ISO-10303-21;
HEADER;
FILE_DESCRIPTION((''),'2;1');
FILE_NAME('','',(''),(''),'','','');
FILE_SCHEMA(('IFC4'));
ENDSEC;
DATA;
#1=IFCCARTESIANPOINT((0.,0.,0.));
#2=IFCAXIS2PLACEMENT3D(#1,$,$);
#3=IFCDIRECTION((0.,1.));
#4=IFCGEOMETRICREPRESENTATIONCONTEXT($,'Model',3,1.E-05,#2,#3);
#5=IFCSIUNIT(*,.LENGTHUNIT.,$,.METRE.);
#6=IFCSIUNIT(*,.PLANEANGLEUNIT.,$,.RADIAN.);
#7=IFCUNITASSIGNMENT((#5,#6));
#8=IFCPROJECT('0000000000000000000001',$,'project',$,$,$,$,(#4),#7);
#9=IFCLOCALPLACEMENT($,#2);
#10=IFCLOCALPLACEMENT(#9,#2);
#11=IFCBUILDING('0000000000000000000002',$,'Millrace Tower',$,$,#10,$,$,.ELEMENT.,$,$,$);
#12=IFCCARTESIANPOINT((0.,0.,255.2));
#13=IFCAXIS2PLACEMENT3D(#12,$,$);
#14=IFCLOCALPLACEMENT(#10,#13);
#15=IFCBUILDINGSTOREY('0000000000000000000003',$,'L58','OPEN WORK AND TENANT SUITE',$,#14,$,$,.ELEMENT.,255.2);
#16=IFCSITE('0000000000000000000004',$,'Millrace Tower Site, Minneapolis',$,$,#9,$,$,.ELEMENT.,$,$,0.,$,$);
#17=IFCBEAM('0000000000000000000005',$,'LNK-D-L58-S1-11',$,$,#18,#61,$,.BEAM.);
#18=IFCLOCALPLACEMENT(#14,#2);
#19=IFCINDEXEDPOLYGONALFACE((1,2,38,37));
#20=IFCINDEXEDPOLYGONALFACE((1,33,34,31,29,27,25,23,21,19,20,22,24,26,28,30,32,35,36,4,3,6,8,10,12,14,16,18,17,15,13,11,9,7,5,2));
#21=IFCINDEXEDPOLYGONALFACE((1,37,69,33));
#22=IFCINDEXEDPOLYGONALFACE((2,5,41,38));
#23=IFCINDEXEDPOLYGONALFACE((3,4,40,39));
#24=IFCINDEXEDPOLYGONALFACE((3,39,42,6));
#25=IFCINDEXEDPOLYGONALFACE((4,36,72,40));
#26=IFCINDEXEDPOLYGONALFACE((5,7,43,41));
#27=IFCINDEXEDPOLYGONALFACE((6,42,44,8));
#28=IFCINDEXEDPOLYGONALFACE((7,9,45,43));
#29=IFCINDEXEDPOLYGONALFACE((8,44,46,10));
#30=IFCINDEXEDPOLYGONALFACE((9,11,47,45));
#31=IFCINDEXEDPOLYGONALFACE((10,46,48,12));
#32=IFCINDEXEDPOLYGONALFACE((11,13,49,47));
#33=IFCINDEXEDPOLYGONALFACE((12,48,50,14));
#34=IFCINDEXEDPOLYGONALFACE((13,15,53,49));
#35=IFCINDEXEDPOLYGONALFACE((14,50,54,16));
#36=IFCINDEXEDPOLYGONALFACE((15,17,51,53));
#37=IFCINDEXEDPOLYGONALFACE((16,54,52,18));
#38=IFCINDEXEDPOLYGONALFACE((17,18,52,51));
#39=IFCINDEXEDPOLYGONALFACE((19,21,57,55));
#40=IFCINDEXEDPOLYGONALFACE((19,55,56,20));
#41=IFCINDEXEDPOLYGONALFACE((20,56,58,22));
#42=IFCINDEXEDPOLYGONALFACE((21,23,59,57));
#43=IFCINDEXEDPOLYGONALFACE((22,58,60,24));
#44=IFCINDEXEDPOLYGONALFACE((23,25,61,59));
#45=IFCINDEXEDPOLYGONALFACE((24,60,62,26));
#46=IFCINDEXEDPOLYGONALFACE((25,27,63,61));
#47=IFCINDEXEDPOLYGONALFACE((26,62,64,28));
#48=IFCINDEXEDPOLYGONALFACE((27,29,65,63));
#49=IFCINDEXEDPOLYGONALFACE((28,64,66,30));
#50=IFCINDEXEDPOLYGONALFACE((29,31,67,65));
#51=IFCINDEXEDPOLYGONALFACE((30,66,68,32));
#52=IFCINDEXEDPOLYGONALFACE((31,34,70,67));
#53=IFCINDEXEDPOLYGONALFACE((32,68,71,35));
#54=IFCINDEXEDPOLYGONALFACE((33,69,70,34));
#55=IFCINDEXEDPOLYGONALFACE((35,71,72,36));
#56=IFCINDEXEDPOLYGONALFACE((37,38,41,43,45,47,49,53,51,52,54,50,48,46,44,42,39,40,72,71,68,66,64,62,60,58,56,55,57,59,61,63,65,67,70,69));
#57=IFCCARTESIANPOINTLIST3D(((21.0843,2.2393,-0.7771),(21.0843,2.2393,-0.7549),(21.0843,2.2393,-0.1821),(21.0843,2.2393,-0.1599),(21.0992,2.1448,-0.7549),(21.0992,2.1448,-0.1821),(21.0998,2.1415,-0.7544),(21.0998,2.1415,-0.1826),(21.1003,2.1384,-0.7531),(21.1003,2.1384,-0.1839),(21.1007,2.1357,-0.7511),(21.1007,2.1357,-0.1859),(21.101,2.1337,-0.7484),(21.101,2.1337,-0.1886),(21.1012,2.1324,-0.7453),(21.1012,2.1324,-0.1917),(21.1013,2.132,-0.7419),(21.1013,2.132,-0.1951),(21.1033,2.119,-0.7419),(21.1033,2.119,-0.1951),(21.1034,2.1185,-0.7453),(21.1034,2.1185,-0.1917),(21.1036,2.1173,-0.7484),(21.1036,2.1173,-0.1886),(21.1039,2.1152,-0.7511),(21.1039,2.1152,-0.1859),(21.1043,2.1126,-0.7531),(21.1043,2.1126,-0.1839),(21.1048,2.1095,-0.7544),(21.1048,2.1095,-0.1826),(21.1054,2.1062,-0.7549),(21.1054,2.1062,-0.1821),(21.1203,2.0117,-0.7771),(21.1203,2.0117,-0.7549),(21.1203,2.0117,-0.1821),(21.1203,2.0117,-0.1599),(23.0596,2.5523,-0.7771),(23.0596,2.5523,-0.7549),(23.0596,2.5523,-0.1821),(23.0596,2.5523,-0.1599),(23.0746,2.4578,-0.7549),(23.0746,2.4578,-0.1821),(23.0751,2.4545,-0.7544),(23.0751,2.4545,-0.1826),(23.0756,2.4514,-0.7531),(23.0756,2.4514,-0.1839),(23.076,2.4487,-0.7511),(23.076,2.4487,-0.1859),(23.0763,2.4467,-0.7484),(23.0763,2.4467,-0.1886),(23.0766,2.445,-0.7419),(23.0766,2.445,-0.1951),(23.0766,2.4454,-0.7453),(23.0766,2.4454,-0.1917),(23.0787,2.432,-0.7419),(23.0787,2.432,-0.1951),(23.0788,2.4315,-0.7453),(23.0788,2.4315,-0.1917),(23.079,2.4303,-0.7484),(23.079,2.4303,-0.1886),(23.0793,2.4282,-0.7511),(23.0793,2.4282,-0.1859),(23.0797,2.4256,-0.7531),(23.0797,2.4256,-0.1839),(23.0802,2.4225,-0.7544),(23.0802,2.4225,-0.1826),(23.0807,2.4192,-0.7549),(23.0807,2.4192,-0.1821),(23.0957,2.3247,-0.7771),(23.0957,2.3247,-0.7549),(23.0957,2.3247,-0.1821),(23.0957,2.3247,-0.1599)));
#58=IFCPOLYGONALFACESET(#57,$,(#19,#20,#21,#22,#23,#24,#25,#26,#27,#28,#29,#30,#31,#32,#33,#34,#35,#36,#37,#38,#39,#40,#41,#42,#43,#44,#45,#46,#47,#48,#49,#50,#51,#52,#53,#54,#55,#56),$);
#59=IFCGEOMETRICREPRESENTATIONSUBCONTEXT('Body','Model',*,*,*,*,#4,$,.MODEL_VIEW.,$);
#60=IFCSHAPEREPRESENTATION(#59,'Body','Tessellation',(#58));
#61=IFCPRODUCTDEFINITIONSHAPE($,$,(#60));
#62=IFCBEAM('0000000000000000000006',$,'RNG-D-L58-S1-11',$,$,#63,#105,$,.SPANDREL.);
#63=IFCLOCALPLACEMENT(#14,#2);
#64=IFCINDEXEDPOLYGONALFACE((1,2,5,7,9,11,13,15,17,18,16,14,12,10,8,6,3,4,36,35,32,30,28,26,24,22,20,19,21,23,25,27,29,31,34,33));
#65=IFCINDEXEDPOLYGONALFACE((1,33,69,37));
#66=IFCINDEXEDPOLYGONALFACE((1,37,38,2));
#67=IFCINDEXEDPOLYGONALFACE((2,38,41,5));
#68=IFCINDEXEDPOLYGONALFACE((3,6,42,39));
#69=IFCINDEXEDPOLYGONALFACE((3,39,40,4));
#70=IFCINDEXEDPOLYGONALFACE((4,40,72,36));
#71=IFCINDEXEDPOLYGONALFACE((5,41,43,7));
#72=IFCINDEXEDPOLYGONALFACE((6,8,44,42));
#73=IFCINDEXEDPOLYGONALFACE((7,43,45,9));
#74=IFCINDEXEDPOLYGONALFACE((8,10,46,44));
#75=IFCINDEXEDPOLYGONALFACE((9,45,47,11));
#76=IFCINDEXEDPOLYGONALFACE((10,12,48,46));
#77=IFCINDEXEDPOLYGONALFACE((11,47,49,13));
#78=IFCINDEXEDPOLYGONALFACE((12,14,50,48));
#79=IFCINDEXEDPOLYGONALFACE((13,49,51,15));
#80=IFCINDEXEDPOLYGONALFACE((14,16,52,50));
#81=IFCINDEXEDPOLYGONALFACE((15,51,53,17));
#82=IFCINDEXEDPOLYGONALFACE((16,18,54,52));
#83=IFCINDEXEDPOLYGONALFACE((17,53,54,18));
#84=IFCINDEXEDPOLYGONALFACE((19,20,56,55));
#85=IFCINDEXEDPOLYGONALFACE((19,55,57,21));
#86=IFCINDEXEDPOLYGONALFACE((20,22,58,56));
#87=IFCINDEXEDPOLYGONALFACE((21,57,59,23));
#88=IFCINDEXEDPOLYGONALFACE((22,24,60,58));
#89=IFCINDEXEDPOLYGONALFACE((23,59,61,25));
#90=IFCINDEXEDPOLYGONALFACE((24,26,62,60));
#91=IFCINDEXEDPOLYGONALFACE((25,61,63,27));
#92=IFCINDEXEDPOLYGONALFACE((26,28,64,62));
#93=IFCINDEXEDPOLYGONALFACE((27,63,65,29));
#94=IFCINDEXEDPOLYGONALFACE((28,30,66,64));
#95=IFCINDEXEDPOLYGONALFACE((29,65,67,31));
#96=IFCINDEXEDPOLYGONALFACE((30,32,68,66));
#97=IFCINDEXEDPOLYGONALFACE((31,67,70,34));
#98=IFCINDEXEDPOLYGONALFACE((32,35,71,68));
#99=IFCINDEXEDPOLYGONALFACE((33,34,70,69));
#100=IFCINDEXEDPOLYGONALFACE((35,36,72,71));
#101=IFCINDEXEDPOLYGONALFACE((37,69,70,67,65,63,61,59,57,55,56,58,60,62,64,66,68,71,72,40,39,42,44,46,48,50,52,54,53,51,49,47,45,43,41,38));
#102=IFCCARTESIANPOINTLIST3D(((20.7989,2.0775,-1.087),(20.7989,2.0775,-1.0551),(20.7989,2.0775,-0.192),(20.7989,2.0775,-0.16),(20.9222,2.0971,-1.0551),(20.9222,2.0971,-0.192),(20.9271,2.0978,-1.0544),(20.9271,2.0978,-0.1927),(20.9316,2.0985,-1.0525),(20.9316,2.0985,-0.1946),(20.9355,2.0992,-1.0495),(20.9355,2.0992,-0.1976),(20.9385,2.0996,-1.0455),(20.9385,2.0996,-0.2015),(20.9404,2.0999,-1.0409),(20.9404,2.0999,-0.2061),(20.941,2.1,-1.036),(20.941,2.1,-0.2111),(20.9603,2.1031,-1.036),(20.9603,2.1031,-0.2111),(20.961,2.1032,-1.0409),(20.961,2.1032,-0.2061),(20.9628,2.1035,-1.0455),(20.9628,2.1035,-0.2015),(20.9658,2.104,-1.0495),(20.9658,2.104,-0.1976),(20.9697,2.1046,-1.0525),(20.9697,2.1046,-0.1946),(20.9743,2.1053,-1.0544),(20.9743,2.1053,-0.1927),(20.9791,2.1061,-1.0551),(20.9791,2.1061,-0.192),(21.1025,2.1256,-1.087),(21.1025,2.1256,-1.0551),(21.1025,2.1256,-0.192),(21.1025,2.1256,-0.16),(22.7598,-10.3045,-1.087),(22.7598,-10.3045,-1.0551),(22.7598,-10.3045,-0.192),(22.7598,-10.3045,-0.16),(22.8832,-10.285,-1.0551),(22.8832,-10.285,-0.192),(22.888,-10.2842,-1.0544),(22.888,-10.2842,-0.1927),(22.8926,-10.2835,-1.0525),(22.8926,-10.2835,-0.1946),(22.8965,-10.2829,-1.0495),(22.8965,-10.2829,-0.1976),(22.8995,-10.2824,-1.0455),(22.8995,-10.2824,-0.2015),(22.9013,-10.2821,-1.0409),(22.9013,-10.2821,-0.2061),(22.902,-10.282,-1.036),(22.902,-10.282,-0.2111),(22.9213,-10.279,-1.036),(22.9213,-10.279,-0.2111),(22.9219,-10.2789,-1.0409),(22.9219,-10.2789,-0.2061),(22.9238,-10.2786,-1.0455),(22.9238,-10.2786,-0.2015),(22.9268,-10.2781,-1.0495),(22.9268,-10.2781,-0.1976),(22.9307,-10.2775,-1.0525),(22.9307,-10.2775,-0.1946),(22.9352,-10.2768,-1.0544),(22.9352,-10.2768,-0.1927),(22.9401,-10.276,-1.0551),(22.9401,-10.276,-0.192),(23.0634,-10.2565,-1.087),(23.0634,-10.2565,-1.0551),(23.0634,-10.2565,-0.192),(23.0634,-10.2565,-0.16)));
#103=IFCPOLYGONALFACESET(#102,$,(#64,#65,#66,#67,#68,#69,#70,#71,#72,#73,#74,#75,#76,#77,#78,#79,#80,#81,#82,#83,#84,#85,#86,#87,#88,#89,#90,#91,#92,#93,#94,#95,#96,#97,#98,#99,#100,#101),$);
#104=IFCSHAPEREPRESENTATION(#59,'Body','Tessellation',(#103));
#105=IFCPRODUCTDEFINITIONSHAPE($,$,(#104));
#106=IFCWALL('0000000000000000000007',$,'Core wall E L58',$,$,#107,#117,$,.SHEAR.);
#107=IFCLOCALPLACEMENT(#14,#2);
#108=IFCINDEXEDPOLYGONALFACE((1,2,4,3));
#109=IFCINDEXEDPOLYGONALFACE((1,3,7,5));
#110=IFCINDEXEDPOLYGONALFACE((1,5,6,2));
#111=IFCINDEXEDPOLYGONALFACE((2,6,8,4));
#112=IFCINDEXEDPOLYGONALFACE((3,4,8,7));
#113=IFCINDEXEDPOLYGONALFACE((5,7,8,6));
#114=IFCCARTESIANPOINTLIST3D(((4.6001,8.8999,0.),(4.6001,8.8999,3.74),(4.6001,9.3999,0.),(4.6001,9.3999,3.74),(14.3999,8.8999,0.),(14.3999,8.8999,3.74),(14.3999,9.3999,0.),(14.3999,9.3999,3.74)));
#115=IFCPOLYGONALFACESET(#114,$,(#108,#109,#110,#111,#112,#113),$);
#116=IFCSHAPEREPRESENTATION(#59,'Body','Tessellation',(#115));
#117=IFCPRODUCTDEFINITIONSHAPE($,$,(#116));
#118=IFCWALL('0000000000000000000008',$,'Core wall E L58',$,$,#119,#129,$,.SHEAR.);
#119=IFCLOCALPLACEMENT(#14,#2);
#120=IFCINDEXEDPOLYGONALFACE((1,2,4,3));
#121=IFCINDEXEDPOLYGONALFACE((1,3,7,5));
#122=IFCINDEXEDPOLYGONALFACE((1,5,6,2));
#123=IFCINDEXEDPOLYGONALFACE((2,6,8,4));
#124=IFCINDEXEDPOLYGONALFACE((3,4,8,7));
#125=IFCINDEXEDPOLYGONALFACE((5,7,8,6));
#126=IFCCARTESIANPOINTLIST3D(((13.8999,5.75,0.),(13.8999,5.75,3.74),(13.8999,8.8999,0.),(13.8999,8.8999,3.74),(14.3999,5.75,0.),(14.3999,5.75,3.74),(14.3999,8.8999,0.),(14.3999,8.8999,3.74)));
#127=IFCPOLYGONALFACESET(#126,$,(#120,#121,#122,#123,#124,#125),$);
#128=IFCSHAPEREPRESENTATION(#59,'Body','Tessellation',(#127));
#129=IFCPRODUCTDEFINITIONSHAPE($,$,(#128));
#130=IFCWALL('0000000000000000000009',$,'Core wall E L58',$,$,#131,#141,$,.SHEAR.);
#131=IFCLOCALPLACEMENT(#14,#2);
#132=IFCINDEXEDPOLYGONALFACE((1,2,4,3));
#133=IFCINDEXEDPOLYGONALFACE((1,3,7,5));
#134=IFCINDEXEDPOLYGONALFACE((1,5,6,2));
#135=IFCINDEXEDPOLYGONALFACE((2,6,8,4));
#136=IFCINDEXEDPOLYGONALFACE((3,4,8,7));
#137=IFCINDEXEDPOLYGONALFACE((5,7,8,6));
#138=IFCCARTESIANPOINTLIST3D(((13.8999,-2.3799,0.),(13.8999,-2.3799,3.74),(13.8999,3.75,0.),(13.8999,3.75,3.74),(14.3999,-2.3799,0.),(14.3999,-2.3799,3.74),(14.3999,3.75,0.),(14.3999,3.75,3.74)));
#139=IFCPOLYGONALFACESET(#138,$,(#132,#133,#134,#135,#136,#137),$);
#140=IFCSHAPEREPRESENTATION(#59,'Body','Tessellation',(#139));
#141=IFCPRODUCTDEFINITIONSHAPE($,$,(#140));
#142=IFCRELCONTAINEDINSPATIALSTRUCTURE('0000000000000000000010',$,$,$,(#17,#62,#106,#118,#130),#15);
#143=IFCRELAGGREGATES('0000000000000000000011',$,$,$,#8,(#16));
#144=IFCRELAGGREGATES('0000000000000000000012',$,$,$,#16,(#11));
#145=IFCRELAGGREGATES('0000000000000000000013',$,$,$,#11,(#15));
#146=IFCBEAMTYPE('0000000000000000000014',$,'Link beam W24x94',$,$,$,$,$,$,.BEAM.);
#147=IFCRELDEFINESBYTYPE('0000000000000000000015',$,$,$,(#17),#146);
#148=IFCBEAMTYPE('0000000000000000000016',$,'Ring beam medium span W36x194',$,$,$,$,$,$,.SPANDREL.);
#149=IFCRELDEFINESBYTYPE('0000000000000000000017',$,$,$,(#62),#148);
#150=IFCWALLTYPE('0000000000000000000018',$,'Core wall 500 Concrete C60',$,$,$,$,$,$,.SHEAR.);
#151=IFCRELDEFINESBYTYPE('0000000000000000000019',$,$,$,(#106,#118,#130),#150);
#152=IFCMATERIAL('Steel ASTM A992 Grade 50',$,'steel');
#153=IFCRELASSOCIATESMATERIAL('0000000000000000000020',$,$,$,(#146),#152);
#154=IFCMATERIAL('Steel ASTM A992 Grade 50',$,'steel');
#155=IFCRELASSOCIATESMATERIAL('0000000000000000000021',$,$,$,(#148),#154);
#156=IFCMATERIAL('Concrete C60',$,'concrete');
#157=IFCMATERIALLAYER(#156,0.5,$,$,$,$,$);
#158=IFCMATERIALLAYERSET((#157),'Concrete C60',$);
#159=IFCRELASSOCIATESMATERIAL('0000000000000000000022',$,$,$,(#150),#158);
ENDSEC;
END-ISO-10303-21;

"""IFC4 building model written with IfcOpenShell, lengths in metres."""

from ifc_helpers import new_model, si_unit, direction, frame, frame_2d, origin, origin_2d, place, context, subcontext, project, spatial, rectangle, i_section, extrude, material, layer, layer_set, material_profile, profile_set, type_object, element, save


model = new_model("IFC4")

# Units and contexts
model_context = context("Model", 3, precision=1e-05, world=origin(), true_north=direction((0.0, 1.0)))
body_context = subcontext(model_context, "Body", "Model", "MODEL_VIEW")
ifc_project = project(units=[si_unit("LENGTHUNIT", "METRE"), si_unit("PLANEANGLEUNIT", "RADIAN")], contexts=[model_context])

# Site, building, storey
site_placement = place(None, origin())
site = spatial("IfcSite", under=ifc_project, at=site_placement, Name="Millrace Tower Site, Minneapolis", CompositionType="ELEMENT", RefElevation=0.0)
building_placement = place(site_placement, origin())
building = spatial("IfcBuilding", under=site, at=building_placement, Name="Millrace Tower", CompositionType="ELEMENT")
storey_placement = place(building_placement, frame((0.0, 0.0, 255.2)))
storey = spatial("IfcBuildingStorey", under=building, at=storey_placement, Name="L58", Description="OPEN WORK AND TENANT SUITE", CompositionType="ELEMENT", Elevation=255.2)

# Beams
ifc_material_1 = material(Name="Steel ASTM A992 Grade 50", Category="steel")
ifc_material_profile_1 = material_profile(ifc_material_1, i_section(OverallWidth=0.2305, OverallDepth=0.6172, WebThickness=0.0132, FlangeThickness=0.0222, FilletRadius=0.0129, at=origin_2d()))
ifc_profile_set_1 = profile_set([ifc_material_profile_1], Name="Steel ASTM A992 Grade 50")
beam_type_1 = type_object("IfcBeamType", Name="Link beam W24x94", PredefinedType="BEAM", material=ifc_profile_set_1)
beam_1_placement = place(storey_placement, frame((21.1023, 2.1255, -0.4685), z_axis=(0.987679, 0.156495, 0.0), x_axis=(-0.156495, 0.987679, 0.0)))
element("IfcBeam", 1, at=beam_1_placement, inside=storey, type_object=beam_type_1, Name="LNK-D-L58-S1-11", PredefinedType="BEAM", context=body_context, shape_type="SweptSolid", body=[
    extrude(i_section(OverallWidth=0.2305, OverallDepth=0.6172, WebThickness=0.0132, FlangeThickness=0.0222, FilletRadius=0.0129, at=origin_2d()), origin(), (0.0, 0.0, 1.0), 2.0),
])
ifc_material_2 = material(Name="Steel ASTM A992 Grade 50", Category="steel")
ifc_material_profile_2 = material_profile(ifc_material_2, i_section(OverallWidth=0.3074, OverallDepth=0.927, WebThickness=0.0195, FlangeThickness=0.032, FilletRadius=0.019, at=origin_2d()))
ifc_profile_set_2 = profile_set([ifc_material_profile_2], Name="Steel ASTM A992 Grade 50")
beam_type_2 = type_object("IfcBeamType", Name="Ring beam medium span W36x194", PredefinedType="SPANDREL", material=ifc_profile_set_2)
beam_2_placement = place(storey_placement, frame((20.9507, 2.1016, -0.6235), z_axis=(0.15642, -0.987691, 0.0), x_axis=(0.987691, 0.15642, 0.0)))
element("IfcBeam", 2, at=beam_2_placement, inside=storey, type_object=beam_type_2, Name="RNG-D-L58-S1-11", PredefinedType="SPANDREL", context=body_context, shape_type="SweptSolid", body=[
    extrude(i_section(OverallWidth=0.3074, OverallDepth=0.927, WebThickness=0.0195, FlangeThickness=0.032, FilletRadius=0.019, at=origin_2d()), origin(), (0.0, 0.0, 1.0), 12.5364),
])

# Walls
ifc_material_3 = material(Name="Concrete C60", Category="concrete")
ifc_layer_1 = layer(ifc_material_3, 0.5)
ifc_layer_set_1 = layer_set([ifc_layer_1], Name="Concrete C60")
wall_type_1 = type_object("IfcWallType", Name="Core wall 500 Concrete C60", PredefinedType="SHEAR", material=ifc_layer_set_1)
wall_1_placement = place(storey_placement, frame((14.3999, 9.1499, 0.0), z_axis=(0.0, 0.0, 1.0), x_axis=(-1.0, 0.0, 0.0)))
element("IfcWall", 3, at=wall_1_placement, inside=storey, type_object=wall_type_1, Name="Core wall E L58", PredefinedType="SHEAR", context=body_context, shape_type="SweptSolid", body=[
    extrude(rectangle(XDim=9.7998, YDim=0.5, at=frame_2d((4.8999, 0.0))), origin(), (0.0, 0.0, 1.0), 3.74),
])
wall_2_placement = place(storey_placement, frame((14.1499, 8.8999, 0.0), z_axis=(0.0, 0.0, 1.0), x_axis=(0.0, -1.0, 0.0)))
element("IfcWall", 4, at=wall_2_placement, inside=storey, type_object=wall_type_1, Name="Core wall E L58", PredefinedType="SHEAR", context=body_context, shape_type="SweptSolid", body=[
    extrude(rectangle(XDim=3.1499, YDim=0.5, at=frame_2d((1.575, 0.0))), origin(), (0.0, 0.0, 1.0), 3.74),
])
wall_3_placement = place(storey_placement, frame((14.1499, 3.75, 0.0), z_axis=(0.0, 0.0, 1.0), x_axis=(0.0, -1.0, 0.0)))
element("IfcWall", 5, at=wall_3_placement, inside=storey, type_object=wall_type_1, Name="Core wall E L58", PredefinedType="SHEAR", context=body_context, shape_type="SweptSolid", body=[
    extrude(rectangle(XDim=6.1299, YDim=0.5, at=frame_2d((3.0649, 0.0))), origin(), (0.0, 0.0, 1.0), 3.74),
])

save(model, "model.ifc")
